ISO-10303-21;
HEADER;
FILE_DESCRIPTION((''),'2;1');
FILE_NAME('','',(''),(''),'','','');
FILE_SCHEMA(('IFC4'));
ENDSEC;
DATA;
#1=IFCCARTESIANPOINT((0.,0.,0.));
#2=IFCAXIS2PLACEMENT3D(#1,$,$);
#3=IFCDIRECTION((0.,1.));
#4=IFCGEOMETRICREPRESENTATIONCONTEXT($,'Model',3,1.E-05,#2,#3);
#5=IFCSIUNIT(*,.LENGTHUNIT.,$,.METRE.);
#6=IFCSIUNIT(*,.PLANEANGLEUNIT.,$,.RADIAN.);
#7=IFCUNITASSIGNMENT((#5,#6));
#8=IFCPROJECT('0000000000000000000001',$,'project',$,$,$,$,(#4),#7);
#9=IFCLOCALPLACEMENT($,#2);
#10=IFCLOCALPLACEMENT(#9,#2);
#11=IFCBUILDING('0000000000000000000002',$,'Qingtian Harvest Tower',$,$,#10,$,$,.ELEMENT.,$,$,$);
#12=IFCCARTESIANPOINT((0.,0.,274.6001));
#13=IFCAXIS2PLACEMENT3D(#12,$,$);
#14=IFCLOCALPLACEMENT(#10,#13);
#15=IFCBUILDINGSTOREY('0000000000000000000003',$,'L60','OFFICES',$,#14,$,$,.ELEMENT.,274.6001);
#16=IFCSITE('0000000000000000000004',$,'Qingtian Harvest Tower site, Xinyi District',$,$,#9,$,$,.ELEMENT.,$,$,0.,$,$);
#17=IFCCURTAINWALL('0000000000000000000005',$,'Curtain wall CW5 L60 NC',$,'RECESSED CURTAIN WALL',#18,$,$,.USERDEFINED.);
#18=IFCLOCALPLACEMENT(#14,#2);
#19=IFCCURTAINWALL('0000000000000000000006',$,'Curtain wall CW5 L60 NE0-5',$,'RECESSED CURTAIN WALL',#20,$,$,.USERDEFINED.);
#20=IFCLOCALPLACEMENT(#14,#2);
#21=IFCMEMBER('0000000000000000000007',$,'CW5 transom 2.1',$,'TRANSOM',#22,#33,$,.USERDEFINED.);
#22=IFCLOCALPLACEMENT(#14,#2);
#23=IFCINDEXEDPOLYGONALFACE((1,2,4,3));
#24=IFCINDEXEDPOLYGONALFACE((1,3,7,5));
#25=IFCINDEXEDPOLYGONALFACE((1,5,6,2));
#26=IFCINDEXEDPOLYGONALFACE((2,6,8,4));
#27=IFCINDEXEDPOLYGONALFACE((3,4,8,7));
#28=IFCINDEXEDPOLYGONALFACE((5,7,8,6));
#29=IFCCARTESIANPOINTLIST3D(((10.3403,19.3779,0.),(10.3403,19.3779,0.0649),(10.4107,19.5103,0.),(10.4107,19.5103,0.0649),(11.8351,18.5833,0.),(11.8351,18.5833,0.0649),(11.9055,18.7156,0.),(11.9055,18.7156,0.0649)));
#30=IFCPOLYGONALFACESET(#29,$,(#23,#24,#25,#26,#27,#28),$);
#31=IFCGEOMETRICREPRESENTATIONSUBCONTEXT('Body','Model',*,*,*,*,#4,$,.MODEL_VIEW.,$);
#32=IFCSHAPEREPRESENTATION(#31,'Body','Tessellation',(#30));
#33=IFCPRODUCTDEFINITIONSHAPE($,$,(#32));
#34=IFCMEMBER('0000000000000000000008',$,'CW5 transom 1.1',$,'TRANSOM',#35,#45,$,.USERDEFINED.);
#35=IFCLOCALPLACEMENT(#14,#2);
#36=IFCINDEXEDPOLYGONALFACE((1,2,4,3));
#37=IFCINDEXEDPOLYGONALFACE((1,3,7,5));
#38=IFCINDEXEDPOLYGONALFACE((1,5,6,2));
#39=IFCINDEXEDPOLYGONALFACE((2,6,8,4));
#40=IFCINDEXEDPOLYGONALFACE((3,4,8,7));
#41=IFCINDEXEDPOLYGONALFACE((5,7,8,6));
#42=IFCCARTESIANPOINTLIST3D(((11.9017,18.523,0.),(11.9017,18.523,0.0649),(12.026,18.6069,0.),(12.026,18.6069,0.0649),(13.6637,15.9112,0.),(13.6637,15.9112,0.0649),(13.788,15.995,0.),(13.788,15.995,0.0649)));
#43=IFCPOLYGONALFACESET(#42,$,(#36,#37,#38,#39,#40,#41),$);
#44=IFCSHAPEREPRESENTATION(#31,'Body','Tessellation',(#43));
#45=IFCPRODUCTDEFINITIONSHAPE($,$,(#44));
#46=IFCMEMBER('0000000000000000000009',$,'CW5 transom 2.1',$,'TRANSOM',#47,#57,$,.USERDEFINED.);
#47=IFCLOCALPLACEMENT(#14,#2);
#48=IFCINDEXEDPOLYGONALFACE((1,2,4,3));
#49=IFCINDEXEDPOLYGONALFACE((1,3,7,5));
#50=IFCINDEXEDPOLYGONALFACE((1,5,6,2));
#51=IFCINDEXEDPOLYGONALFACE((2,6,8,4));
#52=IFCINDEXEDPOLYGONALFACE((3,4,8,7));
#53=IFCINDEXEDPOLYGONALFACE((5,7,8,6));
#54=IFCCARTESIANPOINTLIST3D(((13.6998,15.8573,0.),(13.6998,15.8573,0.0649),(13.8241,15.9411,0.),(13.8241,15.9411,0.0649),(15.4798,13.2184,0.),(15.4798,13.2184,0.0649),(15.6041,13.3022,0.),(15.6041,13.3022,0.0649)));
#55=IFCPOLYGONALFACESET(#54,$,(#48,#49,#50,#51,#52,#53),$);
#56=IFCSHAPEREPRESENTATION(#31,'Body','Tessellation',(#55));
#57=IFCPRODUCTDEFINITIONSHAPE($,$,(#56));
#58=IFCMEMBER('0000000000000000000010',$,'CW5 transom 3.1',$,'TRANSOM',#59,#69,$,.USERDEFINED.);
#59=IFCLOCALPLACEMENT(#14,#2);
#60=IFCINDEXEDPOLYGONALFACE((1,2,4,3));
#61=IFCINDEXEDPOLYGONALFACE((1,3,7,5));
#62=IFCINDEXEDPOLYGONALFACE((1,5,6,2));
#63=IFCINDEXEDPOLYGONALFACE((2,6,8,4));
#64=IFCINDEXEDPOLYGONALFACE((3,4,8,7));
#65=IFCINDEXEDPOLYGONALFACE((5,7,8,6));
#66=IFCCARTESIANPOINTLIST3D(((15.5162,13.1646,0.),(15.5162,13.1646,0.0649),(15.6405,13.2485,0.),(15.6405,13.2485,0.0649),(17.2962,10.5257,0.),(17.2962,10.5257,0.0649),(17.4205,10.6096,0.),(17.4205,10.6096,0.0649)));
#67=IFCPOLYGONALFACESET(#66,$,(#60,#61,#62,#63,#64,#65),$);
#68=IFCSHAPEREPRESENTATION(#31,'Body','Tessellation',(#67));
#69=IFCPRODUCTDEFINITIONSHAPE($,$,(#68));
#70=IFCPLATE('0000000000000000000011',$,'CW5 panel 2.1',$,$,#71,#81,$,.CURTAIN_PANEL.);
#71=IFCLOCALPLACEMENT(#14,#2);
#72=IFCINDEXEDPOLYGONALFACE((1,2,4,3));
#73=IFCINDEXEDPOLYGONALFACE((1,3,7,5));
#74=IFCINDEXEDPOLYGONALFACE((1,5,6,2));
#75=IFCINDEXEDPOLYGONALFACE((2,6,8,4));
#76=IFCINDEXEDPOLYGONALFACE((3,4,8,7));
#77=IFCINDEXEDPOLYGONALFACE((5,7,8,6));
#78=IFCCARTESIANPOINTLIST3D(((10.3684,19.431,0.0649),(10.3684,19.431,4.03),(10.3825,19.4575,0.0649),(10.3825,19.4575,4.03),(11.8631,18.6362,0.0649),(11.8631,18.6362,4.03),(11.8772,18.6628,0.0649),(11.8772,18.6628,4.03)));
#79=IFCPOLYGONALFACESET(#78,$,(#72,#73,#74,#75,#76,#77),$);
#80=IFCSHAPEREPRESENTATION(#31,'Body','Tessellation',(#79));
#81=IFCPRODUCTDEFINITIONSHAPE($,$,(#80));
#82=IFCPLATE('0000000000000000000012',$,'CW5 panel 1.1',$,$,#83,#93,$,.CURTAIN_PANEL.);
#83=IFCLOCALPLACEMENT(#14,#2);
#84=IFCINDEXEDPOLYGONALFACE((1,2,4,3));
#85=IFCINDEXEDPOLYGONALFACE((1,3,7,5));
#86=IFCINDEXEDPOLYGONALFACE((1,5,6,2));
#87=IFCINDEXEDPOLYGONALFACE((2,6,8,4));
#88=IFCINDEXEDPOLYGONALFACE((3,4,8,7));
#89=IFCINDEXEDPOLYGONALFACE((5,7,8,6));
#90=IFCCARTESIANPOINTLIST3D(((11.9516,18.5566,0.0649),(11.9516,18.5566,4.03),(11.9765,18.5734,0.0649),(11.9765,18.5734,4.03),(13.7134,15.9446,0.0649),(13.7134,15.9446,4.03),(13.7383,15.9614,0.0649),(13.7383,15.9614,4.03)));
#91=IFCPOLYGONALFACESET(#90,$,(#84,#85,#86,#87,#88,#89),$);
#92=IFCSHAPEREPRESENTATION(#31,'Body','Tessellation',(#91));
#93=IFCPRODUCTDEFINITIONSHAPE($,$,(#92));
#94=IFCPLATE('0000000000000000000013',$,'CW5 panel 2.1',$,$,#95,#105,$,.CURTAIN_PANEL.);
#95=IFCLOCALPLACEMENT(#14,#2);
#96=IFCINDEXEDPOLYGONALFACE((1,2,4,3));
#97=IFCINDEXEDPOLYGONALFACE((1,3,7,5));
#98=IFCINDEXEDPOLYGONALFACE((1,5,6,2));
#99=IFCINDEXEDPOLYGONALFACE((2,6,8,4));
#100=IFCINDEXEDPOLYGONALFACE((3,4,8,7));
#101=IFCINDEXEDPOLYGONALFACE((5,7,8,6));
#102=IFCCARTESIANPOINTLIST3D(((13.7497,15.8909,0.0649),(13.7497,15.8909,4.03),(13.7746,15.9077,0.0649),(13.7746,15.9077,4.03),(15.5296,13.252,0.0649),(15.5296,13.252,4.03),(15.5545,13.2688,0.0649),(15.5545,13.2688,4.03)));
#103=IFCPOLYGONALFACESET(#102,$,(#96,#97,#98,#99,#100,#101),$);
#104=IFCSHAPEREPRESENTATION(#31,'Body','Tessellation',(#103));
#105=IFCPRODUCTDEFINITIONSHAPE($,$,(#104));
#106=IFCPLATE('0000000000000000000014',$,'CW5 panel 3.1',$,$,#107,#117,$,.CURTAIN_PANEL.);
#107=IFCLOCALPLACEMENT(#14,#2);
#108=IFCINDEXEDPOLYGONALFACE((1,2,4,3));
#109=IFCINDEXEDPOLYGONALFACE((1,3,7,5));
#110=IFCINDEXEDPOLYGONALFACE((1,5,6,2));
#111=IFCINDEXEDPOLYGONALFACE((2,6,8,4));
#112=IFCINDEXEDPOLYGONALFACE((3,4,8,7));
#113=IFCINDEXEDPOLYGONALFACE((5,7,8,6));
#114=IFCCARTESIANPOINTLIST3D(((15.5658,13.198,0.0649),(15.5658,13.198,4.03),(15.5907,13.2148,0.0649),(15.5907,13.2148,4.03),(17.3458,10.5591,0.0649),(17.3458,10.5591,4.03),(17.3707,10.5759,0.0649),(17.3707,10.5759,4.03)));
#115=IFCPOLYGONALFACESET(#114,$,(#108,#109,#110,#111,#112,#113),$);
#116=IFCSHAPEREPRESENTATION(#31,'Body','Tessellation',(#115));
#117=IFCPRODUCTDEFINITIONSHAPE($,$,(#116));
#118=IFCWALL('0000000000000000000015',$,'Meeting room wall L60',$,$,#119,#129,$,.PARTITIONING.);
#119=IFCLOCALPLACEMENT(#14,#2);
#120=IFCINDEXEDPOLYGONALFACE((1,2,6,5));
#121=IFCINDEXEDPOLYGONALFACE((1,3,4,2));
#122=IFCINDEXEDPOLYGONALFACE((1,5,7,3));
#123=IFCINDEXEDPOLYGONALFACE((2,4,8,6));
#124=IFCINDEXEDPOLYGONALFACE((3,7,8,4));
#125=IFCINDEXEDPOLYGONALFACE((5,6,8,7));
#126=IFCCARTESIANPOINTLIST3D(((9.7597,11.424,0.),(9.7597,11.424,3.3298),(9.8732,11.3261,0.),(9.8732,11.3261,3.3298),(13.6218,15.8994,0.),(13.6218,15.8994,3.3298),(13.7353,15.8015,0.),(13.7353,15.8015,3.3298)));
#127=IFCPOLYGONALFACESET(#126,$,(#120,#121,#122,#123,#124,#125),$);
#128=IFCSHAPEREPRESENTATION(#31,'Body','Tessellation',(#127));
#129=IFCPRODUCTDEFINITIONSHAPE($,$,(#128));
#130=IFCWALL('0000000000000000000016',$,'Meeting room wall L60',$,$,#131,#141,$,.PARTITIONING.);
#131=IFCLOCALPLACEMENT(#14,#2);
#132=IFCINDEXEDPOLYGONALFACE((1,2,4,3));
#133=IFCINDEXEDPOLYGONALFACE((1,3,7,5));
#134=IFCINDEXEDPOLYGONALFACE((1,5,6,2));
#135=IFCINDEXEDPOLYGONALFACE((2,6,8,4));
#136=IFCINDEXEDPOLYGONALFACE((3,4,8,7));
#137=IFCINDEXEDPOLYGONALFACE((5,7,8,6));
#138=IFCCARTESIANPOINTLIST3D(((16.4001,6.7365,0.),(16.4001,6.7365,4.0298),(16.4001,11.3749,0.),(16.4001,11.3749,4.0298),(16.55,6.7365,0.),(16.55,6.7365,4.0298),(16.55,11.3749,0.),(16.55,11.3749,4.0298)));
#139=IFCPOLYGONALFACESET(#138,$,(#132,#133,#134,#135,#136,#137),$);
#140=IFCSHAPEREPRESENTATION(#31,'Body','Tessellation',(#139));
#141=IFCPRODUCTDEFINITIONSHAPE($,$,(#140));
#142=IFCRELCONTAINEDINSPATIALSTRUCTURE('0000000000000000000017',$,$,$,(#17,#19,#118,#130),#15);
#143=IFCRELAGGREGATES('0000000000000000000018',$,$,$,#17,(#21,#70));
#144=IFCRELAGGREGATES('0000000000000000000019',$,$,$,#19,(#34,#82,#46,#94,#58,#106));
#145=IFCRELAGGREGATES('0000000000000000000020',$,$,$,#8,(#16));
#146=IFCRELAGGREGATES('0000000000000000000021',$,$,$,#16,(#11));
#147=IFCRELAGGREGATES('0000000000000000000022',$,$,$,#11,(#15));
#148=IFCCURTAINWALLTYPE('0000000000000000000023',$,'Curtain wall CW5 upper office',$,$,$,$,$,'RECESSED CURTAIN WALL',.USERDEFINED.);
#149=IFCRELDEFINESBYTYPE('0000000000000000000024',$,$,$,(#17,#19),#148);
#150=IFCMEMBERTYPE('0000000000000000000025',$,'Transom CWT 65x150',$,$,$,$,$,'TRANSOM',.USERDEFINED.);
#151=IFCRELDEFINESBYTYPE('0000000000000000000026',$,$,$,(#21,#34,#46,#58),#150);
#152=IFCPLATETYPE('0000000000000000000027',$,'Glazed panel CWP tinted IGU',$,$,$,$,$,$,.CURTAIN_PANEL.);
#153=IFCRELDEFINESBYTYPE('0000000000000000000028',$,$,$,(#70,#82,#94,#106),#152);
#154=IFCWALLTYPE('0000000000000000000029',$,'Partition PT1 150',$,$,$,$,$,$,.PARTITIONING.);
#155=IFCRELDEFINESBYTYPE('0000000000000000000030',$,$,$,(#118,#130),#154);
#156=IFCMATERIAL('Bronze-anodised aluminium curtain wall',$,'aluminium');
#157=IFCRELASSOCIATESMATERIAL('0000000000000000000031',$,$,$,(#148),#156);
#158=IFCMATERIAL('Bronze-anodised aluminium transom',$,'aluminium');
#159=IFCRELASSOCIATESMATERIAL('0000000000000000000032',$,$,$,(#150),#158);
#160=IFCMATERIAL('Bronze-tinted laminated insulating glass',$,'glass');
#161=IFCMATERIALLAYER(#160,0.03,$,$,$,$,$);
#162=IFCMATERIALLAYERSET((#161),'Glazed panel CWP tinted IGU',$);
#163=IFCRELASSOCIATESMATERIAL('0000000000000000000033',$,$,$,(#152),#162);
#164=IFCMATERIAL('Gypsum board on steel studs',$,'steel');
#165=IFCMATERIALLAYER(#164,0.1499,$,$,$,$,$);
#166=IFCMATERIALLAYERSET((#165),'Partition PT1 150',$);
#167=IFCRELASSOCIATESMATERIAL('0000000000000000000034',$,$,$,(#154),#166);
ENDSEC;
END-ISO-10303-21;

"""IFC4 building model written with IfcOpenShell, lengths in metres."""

from ifc_helpers import new_model, si_unit, direction, frame, frame_2d, origin, origin_2d, place, context, subcontext, project, spatial, rectangle, extrude, material, layer, layer_set, material_profile, profile_set, type_object, element, aggregate, save


model = new_model("IFC4")

# Units and contexts
model_context = context("Model", 3, precision=1e-05, world=origin(), true_north=direction((0.0, 1.0)))
body_context = subcontext(model_context, "Body", "Model", "MODEL_VIEW")
ifc_project = project(units=[si_unit("LENGTHUNIT", "METRE"), si_unit("PLANEANGLEUNIT", "RADIAN")], contexts=[model_context])

# Site, building, storey
site_placement = place(None, origin())
site = spatial("IfcSite", under=ifc_project, at=site_placement, Name="Qingtian Harvest Tower site, Xinyi District", CompositionType="ELEMENT", RefElevation=0.0)
building_placement = place(site_placement, origin())
building = spatial("IfcBuilding", under=site, at=building_placement, Name="Qingtian Harvest Tower", CompositionType="ELEMENT")
storey_placement = place(building_placement, frame((0.0, 0.0, 274.6001)))
storey = spatial("IfcBuildingStorey", under=building, at=storey_placement, Name="L60", Description="OFFICES", CompositionType="ELEMENT", Elevation=274.6001)

# Curtain walls
ifc_material_1 = material(Name="Bronze-anodised aluminium curtain wall", Category="aluminium")
curtain_wall_type = type_object("IfcCurtainWallType", Name="Curtain wall CW5 upper office", ElementType="RECESSED CURTAIN WALL", PredefinedType="USERDEFINED", material=ifc_material_1)
curtain_wall_1_placement = place(storey_placement, origin())
curtain_wall_1 = element("IfcCurtainWall", 1, at=curtain_wall_1_placement, inside=storey, type_object=curtain_wall_type, Name="Curtain wall CW5 L60 NC", ObjectType="RECESSED CURTAIN WALL", PredefinedType="USERDEFINED")
curtain_wall_2_placement = place(storey_placement, origin())
curtain_wall_2 = element("IfcCurtainWall", 2, at=curtain_wall_2_placement, inside=storey, type_object=curtain_wall_type, Name="Curtain wall CW5 L60 NE0-5", ObjectType="RECESSED CURTAIN WALL", PredefinedType="USERDEFINED")

# Members
ifc_material_2 = material(Name="Bronze-anodised aluminium transom", Category="aluminium")
ifc_material_profile_1 = material_profile(ifc_material_2, rectangle(XDim=0.1499, YDim=0.0649, at=origin_2d()), Name="AL 65x150")
ifc_profile_set_1 = profile_set([ifc_material_profile_1], Name="Bronze-anodised aluminium transom")
member_type_1 = type_object("IfcMemberType", Name="Transom CWT 65x150", ElementType="TRANSOM", PredefinedType="USERDEFINED", material=ifc_profile_set_1)
member_1_placement = place(storey_placement, frame((10.3755, 19.4441, 0.0325), z_axis=(0.882987, -0.469398, 0.0), x_axis=(0.469398, 0.882987, 0.0)))
member_1 = element("IfcMember", 3, at=member_1_placement, type_object=member_type_1, Name="CW5 transom 2.1", ObjectType="TRANSOM", PredefinedType="USERDEFINED", context=body_context, shape_type="SweptSolid", body=[
    extrude(rectangle(XDim=0.1499, YDim=0.0649, at=origin_2d()), origin(), (0.0, 0.0, 1.0), 1.6929),
])
member_2_placement = place(storey_placement, frame((11.9639, 18.5649, 0.0325), z_axis=(0.559252, -0.828998, 0.0), x_axis=(0.828998, 0.559252, 0.0)))
member_2 = element("IfcMember", 4, at=member_2_placement, type_object=member_type_1, Name="CW5 transom 1.1", ObjectType="TRANSOM", PredefinedType="USERDEFINED", context=body_context, shape_type="SweptSolid", body=[
    extrude(rectangle(XDim=0.1499, YDim=0.0649, at=origin_2d()), origin(), (0.0, 0.0, 1.0), 3.1506),
])
member_3_placement = place(storey_placement, frame((13.762, 15.8992, 0.0325), z_axis=(0.559205, -0.829029, 0.0), x_axis=(0.829029, 0.559205, 0.0)))
member_3 = element("IfcMember", 5, at=member_3_placement, type_object=member_type_1, Name="CW5 transom 2.1", ObjectType="TRANSOM", PredefinedType="USERDEFINED", context=body_context, shape_type="SweptSolid", body=[
    extrude(rectangle(XDim=0.1499, YDim=0.0649, at=origin_2d()), origin(), (0.0, 0.0, 1.0), 3.1831),
])
member_4_placement = place(storey_placement, frame((15.5784, 13.2065, 0.0325), z_axis=(0.559205, -0.829029, 0.0), x_axis=(0.829029, 0.559205, 0.0)))
member_4 = element("IfcMember", 6, at=member_4_placement, type_object=member_type_1, Name="CW5 transom 3.1", ObjectType="TRANSOM", PredefinedType="USERDEFINED", context=body_context, shape_type="SweptSolid", body=[
    extrude(rectangle(XDim=0.1499, YDim=0.0649, at=origin_2d()), origin(), (0.0, 0.0, 1.0), 3.1831),
])

# Plates
ifc_material_3 = material(Name="Bronze-tinted laminated insulating glass", Category="glass")
ifc_layer_1 = layer(ifc_material_3, 0.03)
ifc_layer_set_1 = layer_set([ifc_layer_1], Name="Glazed panel CWP tinted IGU")
plate_type = type_object("IfcPlateType", Name="Glazed panel CWP tinted IGU", PredefinedType="CURTAIN_PANEL", material=ifc_layer_set_1)
plate_1_placement = place(storey_placement, frame((11.1228, 19.0469, 0.0649), z_axis=(0.0, 0.0, 1.0), x_axis=(0.882948, -0.469472, 0.0)))
plate_1 = element("IfcPlate", 7, at=plate_1_placement, type_object=plate_type, Name="CW5 panel 2.1", PredefinedType="CURTAIN_PANEL", context=body_context, shape_type="SweptSolid", body=[
    extrude(rectangle(XDim=1.6929, YDim=0.03, at=origin_2d()), origin(), (0.0, 0.0, 1.0), 3.9651),
])
aggregate(curtain_wall_1, [member_1, plate_1])
plate_2_placement = place(storey_placement, frame((12.845, 17.259, 0.0649), z_axis=(0.0, 0.0, 1.0), x_axis=(0.559193, -0.829038, 0.0)))
plate_2 = element("IfcPlate", 8, at=plate_2_placement, type_object=plate_type, Name="CW5 panel 1.1", PredefinedType="CURTAIN_PANEL", context=body_context, shape_type="SweptSolid", body=[
    extrude(rectangle(XDim=3.1506, YDim=0.03, at=origin_2d()), origin(), (0.0, 0.0, 1.0), 3.9651),
])
plate_3_placement = place(storey_placement, frame((14.6521, 14.5798, 0.0649), z_axis=(0.0, 0.0, 1.0), x_axis=(0.559193, -0.829038, 0.0)))
plate_3 = element("IfcPlate", 9, at=plate_3_placement, type_object=plate_type, Name="CW5 panel 2.1", PredefinedType="CURTAIN_PANEL", context=body_context, shape_type="SweptSolid", body=[
    extrude(rectangle(XDim=3.1831, YDim=0.03, at=origin_2d()), origin(), (0.0, 0.0, 1.0), 3.9651),
])
plate_4_placement = place(storey_placement, frame((16.4683, 11.887, 0.0649), z_axis=(0.0, 0.0, 1.0), x_axis=(0.559193, -0.829038, 0.0)))
plate_4 = element("IfcPlate", 10, at=plate_4_placement, type_object=plate_type, Name="CW5 panel 3.1", PredefinedType="CURTAIN_PANEL", context=body_context, shape_type="SweptSolid", body=[
    extrude(rectangle(XDim=3.1831, YDim=0.03, at=origin_2d()), origin(), (0.0, 0.0, 1.0), 3.9651),
])
aggregate(curtain_wall_2, [member_2, plate_2, member_3, plate_3, member_4, plate_4])

# Walls
ifc_material_4 = material(Name="Gypsum board on steel studs", Category="steel")
ifc_layer_2 = layer(ifc_material_4, 0.1499)
ifc_layer_set_2 = layer_set([ifc_layer_2], Name="Partition PT1 150")
wall_type = type_object("IfcWallType", Name="Partition PT1 150", PredefinedType="PARTITIONING", material=ifc_layer_set_2)
wall_1_placement = place(storey_placement, frame((13.6785, 15.8503, 0.0), z_axis=(0.0, 0.0, 1.0), x_axis=(-0.653328, -0.757075, 0.0)))
element("IfcWall", 11, at=wall_1_placement, inside=storey, type_object=wall_type, Name="Meeting room wall L60", PredefinedType="PARTITIONING", context=body_context, shape_type="SweptSolid", body=[
    extrude(rectangle(XDim=5.9114, YDim=0.1499, at=frame_2d((2.9556, 0.0))), origin(), (0.0, 0.0, 1.0), 3.3298),
])
wall_2_placement = place(storey_placement, frame((16.4751, 11.375, 0.0), z_axis=(0.0, 0.0, 1.0), x_axis=(0.0, -1.0, 0.0)))
element("IfcWall", 12, at=wall_2_placement, inside=storey, type_object=wall_type, Name="Meeting room wall L60", PredefinedType="PARTITIONING", context=body_context, shape_type="SweptSolid", body=[
    extrude(rectangle(XDim=4.6384, YDim=0.1499, at=frame_2d((2.3193, 0.0))), origin(), (0.0, 0.0, 1.0), 4.0298),
])

save(model, "model.ifc")
